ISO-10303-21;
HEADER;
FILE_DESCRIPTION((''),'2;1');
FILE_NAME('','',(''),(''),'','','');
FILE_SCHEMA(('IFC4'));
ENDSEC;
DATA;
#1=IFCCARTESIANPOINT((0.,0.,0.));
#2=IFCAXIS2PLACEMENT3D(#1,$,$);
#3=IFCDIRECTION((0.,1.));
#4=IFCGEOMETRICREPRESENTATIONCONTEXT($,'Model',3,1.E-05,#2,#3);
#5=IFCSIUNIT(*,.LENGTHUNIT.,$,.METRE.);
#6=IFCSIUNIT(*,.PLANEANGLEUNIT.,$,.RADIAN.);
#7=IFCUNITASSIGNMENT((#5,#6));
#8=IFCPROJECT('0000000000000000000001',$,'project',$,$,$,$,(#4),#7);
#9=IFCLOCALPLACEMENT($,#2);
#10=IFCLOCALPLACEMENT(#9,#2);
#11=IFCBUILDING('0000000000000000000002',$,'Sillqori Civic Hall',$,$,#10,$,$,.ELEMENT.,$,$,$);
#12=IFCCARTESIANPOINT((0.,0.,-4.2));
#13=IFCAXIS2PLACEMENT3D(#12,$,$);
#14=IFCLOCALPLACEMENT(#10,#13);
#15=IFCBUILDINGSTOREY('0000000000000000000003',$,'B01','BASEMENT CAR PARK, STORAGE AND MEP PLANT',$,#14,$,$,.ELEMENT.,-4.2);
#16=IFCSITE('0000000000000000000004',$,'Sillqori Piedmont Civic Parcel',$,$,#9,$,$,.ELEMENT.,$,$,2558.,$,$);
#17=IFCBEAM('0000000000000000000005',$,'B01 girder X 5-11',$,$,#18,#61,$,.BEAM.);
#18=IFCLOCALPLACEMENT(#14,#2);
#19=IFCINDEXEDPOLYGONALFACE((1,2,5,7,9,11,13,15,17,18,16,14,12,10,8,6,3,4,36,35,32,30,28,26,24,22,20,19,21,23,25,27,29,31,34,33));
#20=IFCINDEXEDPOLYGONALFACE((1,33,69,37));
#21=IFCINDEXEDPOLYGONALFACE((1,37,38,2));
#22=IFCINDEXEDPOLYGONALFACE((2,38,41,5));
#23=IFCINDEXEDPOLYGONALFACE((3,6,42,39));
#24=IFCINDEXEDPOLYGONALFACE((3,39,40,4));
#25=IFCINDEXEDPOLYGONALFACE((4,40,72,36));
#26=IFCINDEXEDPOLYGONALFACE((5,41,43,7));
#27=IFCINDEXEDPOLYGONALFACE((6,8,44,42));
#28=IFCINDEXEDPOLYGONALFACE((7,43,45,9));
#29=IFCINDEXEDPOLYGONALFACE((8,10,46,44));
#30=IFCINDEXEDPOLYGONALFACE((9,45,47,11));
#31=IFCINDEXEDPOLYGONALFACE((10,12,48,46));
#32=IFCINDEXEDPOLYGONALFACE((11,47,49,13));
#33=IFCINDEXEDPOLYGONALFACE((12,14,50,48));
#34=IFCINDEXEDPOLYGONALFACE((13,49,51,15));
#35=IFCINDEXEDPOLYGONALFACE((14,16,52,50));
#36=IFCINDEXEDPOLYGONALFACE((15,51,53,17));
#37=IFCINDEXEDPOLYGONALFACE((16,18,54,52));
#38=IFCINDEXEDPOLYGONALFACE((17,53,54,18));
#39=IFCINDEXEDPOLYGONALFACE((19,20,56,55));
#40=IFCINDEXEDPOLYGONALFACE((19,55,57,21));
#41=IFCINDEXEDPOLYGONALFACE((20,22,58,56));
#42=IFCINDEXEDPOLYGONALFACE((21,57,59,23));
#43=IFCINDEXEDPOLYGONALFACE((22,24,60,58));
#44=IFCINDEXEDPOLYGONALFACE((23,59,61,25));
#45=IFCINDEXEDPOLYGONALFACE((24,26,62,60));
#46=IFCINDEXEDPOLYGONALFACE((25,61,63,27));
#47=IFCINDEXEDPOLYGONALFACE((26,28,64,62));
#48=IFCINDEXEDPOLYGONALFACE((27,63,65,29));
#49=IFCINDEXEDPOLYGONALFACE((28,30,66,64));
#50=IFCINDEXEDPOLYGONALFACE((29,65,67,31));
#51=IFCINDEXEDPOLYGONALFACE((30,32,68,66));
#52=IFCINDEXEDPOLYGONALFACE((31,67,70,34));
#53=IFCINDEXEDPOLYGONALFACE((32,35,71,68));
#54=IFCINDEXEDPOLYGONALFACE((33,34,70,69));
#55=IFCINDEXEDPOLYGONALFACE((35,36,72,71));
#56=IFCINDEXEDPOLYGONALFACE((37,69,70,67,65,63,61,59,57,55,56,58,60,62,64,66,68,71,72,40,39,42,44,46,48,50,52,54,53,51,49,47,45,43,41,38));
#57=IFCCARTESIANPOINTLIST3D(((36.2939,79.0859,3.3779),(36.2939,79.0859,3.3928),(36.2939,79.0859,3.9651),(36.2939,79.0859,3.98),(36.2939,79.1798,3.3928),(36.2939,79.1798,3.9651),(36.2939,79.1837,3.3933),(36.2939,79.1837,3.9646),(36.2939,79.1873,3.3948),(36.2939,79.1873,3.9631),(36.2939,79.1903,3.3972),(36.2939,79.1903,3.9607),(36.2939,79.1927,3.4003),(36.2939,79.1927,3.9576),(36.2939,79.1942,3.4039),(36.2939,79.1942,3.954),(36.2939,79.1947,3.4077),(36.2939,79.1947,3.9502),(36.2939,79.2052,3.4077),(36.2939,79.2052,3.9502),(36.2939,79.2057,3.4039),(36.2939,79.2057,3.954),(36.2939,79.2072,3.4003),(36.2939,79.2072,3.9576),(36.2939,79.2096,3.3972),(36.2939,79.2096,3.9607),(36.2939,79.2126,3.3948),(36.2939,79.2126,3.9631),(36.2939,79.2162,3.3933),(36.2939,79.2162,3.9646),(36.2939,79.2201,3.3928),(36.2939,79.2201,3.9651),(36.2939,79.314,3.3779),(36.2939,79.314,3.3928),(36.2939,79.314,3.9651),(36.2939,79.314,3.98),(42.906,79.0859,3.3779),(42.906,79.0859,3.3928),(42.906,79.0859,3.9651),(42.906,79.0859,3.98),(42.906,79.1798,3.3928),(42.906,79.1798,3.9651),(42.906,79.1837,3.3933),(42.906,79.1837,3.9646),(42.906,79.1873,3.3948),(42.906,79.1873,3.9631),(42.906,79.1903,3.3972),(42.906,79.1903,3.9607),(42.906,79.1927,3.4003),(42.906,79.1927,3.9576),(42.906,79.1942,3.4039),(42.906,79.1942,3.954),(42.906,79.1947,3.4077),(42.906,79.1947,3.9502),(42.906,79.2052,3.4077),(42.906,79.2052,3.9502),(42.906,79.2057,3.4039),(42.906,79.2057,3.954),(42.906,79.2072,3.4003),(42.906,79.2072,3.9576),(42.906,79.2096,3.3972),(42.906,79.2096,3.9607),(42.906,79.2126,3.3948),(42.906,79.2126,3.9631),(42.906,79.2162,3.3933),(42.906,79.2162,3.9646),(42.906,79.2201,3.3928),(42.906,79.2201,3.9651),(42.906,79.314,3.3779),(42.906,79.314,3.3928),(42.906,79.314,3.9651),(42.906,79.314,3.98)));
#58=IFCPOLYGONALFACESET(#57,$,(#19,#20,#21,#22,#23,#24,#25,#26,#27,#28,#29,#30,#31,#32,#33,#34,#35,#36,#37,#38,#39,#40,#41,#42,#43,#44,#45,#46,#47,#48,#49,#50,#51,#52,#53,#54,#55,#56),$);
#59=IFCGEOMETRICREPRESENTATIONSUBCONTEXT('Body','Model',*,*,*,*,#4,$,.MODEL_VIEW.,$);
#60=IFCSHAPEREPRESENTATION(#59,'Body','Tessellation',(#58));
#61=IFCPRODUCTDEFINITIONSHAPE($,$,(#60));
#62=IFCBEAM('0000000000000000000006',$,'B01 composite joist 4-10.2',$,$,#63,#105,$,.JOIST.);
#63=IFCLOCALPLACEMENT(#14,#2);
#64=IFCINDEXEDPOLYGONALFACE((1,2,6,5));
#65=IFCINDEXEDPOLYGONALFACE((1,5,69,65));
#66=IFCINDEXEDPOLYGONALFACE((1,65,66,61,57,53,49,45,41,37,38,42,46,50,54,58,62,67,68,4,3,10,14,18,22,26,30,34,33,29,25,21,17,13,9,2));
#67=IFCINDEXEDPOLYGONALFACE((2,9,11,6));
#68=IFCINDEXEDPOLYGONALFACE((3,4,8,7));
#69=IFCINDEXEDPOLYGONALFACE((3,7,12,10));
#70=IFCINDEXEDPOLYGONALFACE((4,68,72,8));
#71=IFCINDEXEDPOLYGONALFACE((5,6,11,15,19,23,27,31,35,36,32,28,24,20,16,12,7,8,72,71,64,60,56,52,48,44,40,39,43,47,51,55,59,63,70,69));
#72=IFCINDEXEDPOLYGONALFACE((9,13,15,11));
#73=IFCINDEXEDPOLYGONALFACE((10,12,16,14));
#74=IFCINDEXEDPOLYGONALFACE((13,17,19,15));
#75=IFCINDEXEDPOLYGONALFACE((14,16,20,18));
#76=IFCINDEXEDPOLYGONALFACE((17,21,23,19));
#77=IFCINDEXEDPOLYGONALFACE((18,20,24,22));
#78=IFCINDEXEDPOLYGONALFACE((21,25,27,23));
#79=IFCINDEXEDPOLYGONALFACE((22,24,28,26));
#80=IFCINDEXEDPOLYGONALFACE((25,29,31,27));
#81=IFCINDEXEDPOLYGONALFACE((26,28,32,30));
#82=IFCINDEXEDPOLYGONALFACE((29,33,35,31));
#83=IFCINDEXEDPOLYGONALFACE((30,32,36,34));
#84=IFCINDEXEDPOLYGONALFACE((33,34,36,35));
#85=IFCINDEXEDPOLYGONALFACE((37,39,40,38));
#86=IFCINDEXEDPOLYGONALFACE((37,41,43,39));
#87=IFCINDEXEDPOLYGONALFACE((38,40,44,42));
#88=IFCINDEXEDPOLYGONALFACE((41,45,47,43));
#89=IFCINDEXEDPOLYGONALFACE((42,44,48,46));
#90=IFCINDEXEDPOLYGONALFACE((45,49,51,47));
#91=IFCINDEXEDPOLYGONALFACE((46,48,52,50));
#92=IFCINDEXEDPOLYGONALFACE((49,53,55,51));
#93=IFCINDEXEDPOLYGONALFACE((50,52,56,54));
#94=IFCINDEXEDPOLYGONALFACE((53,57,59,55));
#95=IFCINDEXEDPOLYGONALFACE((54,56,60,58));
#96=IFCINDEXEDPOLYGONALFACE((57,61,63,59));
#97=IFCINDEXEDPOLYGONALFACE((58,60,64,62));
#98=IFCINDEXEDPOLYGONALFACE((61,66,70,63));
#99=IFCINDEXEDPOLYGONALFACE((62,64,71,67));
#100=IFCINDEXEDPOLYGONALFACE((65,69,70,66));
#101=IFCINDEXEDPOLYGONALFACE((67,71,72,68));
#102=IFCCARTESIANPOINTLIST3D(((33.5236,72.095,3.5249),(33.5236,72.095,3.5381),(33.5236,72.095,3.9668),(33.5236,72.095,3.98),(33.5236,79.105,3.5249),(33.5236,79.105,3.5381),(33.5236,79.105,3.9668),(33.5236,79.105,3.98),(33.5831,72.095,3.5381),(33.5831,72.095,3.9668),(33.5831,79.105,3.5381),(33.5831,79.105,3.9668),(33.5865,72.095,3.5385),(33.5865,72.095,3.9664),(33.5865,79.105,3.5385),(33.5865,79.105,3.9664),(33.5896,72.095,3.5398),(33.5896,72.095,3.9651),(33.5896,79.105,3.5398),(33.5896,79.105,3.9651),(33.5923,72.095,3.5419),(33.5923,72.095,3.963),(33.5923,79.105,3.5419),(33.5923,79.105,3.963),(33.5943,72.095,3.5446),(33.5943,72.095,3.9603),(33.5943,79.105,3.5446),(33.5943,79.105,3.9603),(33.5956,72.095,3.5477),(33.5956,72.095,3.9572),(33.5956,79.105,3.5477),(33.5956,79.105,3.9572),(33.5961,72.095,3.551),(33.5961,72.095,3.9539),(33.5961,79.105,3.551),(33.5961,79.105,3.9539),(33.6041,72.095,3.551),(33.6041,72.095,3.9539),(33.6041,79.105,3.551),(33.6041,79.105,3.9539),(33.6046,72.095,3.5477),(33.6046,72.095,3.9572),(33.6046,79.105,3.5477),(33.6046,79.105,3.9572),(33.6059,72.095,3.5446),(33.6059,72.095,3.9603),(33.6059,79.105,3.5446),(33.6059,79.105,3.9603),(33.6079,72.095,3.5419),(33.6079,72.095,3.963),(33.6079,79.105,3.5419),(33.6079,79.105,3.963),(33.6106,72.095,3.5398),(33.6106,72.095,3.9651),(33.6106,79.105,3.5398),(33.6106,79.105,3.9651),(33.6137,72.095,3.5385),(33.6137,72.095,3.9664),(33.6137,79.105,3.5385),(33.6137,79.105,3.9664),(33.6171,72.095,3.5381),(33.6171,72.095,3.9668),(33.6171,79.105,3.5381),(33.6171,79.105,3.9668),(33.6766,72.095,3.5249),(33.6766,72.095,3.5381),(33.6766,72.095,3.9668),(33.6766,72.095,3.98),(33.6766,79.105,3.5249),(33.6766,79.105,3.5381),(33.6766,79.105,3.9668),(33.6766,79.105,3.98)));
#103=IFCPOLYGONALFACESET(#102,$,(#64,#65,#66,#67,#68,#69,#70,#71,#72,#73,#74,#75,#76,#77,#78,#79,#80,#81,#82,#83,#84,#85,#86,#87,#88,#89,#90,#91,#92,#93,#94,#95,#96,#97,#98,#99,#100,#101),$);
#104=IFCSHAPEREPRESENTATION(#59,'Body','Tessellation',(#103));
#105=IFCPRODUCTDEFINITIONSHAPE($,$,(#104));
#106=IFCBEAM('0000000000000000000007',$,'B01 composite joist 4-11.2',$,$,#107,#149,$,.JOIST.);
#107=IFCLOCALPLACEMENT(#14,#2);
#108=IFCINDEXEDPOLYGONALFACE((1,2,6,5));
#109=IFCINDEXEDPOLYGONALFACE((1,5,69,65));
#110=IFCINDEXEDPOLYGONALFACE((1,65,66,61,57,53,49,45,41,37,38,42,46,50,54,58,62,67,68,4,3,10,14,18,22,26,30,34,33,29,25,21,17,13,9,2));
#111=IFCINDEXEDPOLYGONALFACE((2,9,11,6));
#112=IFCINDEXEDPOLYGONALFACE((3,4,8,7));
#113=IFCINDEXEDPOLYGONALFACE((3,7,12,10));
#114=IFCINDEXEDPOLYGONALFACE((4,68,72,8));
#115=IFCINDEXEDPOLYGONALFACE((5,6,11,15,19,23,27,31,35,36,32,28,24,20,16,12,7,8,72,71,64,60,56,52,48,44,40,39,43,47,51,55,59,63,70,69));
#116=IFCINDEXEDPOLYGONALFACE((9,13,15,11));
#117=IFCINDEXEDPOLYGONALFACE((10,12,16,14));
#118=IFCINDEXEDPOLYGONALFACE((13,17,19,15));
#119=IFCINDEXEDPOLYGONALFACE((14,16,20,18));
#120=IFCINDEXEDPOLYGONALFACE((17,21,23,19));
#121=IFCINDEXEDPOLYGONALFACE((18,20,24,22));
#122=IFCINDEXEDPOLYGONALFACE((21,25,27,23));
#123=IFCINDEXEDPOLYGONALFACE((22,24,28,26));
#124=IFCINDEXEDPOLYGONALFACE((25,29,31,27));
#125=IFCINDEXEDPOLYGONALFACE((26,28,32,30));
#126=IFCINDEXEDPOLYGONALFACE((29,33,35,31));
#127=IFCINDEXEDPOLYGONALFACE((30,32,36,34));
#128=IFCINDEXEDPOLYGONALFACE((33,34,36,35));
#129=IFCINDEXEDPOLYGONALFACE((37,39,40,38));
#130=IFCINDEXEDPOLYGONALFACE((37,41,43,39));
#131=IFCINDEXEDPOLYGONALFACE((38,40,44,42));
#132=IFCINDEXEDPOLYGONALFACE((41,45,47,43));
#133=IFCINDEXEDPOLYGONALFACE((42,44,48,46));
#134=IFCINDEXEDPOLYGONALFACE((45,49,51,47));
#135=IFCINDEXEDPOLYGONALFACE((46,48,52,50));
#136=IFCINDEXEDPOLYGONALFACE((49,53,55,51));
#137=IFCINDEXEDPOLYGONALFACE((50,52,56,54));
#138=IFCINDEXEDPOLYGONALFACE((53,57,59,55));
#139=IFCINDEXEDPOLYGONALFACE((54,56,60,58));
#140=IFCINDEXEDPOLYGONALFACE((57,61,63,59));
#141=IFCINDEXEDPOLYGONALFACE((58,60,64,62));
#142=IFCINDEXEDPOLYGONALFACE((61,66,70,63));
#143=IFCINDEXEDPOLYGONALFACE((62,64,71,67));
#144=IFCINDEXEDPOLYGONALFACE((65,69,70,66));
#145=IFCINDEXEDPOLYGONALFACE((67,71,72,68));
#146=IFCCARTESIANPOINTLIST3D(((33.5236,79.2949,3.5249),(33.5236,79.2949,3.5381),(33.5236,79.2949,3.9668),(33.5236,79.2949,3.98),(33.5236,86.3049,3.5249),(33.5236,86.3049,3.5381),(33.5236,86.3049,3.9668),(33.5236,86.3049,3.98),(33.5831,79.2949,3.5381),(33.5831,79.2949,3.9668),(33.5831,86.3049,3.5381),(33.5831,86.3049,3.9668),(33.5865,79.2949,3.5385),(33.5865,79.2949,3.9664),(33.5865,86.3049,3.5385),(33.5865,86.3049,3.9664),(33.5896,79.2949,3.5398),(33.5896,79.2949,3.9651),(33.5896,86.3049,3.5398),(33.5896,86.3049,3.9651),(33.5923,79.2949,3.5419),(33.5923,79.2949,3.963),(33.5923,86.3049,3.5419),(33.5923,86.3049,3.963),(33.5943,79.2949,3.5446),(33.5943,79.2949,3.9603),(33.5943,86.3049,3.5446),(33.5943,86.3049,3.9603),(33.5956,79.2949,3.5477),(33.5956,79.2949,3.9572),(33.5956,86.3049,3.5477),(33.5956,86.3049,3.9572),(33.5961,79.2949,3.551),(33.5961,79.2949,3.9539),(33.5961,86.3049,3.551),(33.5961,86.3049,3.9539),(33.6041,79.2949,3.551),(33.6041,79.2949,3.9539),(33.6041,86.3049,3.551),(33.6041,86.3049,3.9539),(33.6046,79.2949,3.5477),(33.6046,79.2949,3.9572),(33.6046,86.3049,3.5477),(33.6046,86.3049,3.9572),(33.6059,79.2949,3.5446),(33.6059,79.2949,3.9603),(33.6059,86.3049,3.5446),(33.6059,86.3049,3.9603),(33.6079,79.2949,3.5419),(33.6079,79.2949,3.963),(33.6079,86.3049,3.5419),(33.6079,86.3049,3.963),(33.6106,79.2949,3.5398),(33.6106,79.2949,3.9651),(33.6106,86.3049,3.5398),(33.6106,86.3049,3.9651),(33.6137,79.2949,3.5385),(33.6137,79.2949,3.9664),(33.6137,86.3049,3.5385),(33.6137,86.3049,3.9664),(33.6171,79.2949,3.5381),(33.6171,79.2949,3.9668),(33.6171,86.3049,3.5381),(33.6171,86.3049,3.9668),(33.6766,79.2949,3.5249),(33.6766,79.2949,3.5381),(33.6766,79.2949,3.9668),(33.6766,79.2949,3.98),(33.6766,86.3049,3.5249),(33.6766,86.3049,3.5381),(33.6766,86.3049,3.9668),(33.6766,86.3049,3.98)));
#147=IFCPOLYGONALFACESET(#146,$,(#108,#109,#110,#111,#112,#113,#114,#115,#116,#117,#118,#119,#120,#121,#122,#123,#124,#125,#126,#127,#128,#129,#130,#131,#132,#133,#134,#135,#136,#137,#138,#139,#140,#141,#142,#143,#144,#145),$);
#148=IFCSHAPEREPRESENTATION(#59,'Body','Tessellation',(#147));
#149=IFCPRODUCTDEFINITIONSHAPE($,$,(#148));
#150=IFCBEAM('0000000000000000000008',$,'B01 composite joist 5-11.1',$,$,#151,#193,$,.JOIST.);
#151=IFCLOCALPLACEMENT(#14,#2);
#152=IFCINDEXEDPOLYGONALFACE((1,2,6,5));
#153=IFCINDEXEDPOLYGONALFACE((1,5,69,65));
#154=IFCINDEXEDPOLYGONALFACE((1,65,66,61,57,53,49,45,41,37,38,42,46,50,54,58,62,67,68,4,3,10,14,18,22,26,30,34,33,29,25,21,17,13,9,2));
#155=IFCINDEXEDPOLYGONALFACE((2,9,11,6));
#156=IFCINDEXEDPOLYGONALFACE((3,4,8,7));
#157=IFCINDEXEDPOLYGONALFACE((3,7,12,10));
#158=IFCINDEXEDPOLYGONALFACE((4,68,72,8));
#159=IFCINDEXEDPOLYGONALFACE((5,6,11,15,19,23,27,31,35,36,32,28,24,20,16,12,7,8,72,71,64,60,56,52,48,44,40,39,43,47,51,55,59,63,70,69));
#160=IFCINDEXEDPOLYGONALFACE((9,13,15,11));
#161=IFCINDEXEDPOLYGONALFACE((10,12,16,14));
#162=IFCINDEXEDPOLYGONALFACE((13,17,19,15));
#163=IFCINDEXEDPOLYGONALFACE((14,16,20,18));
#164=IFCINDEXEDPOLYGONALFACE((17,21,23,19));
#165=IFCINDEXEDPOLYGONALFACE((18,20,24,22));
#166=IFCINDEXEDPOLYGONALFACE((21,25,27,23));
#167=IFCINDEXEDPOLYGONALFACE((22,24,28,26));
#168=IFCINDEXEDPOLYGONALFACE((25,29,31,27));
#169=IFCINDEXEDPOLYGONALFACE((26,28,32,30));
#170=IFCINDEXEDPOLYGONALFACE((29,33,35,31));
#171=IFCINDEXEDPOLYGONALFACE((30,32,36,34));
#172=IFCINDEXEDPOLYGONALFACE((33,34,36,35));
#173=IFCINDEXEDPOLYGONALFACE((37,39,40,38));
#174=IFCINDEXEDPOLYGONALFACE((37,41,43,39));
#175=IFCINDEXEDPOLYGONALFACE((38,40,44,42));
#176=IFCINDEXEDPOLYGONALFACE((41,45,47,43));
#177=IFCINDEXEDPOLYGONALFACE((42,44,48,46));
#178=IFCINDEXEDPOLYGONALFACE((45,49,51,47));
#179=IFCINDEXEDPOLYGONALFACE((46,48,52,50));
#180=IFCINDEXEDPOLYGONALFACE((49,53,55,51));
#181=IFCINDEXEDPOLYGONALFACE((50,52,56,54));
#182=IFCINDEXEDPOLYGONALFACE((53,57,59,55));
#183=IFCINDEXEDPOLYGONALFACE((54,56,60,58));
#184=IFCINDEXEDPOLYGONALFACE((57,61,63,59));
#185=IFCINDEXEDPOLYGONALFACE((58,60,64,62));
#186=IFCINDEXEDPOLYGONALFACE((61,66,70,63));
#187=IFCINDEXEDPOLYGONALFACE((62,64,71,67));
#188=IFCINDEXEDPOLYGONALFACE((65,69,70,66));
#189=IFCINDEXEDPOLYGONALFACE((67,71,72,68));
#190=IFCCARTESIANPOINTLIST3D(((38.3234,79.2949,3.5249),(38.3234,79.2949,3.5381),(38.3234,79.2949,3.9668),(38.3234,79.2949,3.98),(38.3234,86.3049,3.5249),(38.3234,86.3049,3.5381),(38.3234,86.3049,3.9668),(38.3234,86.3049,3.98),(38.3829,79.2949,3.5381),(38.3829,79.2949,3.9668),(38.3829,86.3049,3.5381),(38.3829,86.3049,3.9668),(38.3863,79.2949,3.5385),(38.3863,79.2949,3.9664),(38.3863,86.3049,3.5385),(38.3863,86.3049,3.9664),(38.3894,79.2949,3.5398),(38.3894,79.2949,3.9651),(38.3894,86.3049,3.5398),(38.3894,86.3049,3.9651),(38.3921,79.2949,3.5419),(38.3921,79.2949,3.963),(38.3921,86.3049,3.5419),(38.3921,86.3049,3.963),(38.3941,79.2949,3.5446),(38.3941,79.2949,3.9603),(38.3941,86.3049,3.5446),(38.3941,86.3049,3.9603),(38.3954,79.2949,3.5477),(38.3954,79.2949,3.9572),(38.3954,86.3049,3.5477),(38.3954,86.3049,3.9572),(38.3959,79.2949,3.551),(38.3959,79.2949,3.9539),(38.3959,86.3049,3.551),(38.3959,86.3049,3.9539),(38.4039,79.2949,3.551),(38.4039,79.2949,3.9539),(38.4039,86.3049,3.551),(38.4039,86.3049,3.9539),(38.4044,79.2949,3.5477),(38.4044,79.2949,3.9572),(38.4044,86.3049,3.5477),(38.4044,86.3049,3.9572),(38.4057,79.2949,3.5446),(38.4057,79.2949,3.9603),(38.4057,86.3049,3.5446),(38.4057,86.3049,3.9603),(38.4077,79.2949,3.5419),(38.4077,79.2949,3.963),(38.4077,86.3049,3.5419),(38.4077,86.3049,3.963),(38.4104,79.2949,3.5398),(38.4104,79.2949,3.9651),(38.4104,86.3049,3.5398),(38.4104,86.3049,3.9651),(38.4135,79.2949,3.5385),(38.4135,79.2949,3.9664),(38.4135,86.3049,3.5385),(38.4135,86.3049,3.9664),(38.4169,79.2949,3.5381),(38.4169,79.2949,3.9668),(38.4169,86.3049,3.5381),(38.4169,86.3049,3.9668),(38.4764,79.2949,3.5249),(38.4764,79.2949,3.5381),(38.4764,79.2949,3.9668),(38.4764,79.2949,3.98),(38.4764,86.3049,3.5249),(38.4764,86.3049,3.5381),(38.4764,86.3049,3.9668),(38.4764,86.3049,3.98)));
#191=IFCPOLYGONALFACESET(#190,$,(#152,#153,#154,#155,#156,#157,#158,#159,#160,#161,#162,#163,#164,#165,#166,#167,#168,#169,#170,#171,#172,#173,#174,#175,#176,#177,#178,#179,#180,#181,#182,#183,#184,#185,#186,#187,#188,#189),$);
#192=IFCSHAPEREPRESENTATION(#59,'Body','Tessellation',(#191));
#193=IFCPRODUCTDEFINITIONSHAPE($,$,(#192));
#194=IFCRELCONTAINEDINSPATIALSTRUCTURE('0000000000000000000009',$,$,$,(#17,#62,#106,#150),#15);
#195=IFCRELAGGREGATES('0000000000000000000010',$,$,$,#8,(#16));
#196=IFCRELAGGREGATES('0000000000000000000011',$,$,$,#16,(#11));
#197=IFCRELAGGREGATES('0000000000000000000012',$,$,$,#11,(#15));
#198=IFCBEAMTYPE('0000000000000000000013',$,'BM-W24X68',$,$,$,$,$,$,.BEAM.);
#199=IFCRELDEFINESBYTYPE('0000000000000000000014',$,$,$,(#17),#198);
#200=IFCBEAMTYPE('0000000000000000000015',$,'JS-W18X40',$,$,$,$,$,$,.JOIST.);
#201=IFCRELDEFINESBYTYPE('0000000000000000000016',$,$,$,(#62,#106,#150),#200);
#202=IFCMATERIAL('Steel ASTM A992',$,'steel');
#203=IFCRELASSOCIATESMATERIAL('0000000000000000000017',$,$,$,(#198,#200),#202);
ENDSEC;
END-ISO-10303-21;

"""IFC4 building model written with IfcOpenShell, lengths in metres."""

from ifc_helpers import new_model, si_unit, direction, frame, origin, origin_2d, place, context, subcontext, project, spatial, i_section, extrude, material, material_profile, profile_set, type_object, element, save


model = new_model("IFC4")

# Units and contexts
model_context = context("Model", 3, precision=1e-05, world=origin(), true_north=direction((0.0, 1.0)))
body_context = subcontext(model_context, "Body", "Model", "MODEL_VIEW")
ifc_project = project(units=[si_unit("LENGTHUNIT", "METRE"), si_unit("PLANEANGLEUNIT", "RADIAN")], contexts=[model_context])

# Site, building, storey
site_placement = place(None, origin())
site = spatial("IfcSite", under=ifc_project, at=site_placement, Name="Sillqori Piedmont Civic Parcel", CompositionType="ELEMENT", RefElevation=2558.0)
building_placement = place(site_placement, origin())
building = spatial("IfcBuilding", under=site, at=building_placement, Name="Sillqori Civic Hall", CompositionType="ELEMENT")
storey_placement = place(building_placement, frame((0.0, 0.0, -4.2)))
storey = spatial("IfcBuildingStorey", under=building, at=storey_placement, Name="B01", Description="BASEMENT CAR PARK, STORAGE AND MEP PLANT", CompositionType="ELEMENT", Elevation=-4.2)

# Beams
ifc_material_1 = material(Name="Steel ASTM A992", Category="steel")
ifc_material_profile_1 = material_profile(ifc_material_1, i_section(OverallWidth=0.228, OverallDepth=0.6021, WebThickness=0.0105, FlangeThickness=0.0149, FilletRadius=0.0149, at=origin_2d()), Name="W24X68")
ifc_profile_set_1 = profile_set([ifc_material_profile_1], Name="Steel ASTM A992")
beam_type_1 = type_object("IfcBeamType", Name="BM-W24X68", PredefinedType="BEAM", material=ifc_profile_set_1)
beam_1_placement = place(storey_placement, frame((36.2939, 79.2, 3.679), z_axis=(1.0, 0.0, 0.0), x_axis=(0.0, 1.0, 0.0)))
element("IfcBeam", 1, at=beam_1_placement, inside=storey, type_object=beam_type_1, Name="B01 girder X 5-11", PredefinedType="BEAM", context=body_context, shape_type="SweptSolid", body=[
    extrude(i_section(OverallWidth=0.228, OverallDepth=0.6021, WebThickness=0.0105, FlangeThickness=0.0149, FilletRadius=0.0149, at=origin_2d()), origin(), (0.0, 0.0, 1.0), 6.6121),
])
ifc_material_profile_2 = material_profile(ifc_material_1, i_section(OverallWidth=0.1531, OverallDepth=0.4551, WebThickness=0.0081, FlangeThickness=0.0132, FilletRadius=0.0129, at=origin_2d()), Name="W18X40")
ifc_profile_set_2 = profile_set([ifc_material_profile_2], Name="Steel ASTM A992")
beam_type_2 = type_object("IfcBeamType", Name="JS-W18X40", PredefinedType="JOIST", material=ifc_profile_set_2)
for number, where, z_axis, x_axis, name in (
    (2, (33.6001, 72.095, 3.7524), (0.0, 1.0, 0.0), (-1.0, 0.0, 0.0), "B01 composite joist 4-10.2"),
    (3, (33.6001, 79.2949, 3.7524), (0.0, 1.0, 0.0), (-1.0, 0.0, 0.0), "B01 composite joist 4-11.2"),
    (4, (38.3999, 79.2949, 3.7524), (0.0, 1.0, 0.0), (-1.0, 0.0, 0.0), "B01 composite joist 5-11.1"),
):
    element("IfcBeam", number, at=place(storey_placement, frame(where, z_axis=z_axis, x_axis=x_axis)), inside=storey, type_object=beam_type_2, Name=name, PredefinedType="JOIST", context=body_context, shape_type="SweptSolid", body=[
        extrude(i_section(OverallWidth=0.1531, OverallDepth=0.4551, WebThickness=0.0081, FlangeThickness=0.0132, FilletRadius=0.0129, at=origin_2d()), origin(), (0.0, 0.0, 1.0), 7.01),
    ])

save(model, "model.ifc")
